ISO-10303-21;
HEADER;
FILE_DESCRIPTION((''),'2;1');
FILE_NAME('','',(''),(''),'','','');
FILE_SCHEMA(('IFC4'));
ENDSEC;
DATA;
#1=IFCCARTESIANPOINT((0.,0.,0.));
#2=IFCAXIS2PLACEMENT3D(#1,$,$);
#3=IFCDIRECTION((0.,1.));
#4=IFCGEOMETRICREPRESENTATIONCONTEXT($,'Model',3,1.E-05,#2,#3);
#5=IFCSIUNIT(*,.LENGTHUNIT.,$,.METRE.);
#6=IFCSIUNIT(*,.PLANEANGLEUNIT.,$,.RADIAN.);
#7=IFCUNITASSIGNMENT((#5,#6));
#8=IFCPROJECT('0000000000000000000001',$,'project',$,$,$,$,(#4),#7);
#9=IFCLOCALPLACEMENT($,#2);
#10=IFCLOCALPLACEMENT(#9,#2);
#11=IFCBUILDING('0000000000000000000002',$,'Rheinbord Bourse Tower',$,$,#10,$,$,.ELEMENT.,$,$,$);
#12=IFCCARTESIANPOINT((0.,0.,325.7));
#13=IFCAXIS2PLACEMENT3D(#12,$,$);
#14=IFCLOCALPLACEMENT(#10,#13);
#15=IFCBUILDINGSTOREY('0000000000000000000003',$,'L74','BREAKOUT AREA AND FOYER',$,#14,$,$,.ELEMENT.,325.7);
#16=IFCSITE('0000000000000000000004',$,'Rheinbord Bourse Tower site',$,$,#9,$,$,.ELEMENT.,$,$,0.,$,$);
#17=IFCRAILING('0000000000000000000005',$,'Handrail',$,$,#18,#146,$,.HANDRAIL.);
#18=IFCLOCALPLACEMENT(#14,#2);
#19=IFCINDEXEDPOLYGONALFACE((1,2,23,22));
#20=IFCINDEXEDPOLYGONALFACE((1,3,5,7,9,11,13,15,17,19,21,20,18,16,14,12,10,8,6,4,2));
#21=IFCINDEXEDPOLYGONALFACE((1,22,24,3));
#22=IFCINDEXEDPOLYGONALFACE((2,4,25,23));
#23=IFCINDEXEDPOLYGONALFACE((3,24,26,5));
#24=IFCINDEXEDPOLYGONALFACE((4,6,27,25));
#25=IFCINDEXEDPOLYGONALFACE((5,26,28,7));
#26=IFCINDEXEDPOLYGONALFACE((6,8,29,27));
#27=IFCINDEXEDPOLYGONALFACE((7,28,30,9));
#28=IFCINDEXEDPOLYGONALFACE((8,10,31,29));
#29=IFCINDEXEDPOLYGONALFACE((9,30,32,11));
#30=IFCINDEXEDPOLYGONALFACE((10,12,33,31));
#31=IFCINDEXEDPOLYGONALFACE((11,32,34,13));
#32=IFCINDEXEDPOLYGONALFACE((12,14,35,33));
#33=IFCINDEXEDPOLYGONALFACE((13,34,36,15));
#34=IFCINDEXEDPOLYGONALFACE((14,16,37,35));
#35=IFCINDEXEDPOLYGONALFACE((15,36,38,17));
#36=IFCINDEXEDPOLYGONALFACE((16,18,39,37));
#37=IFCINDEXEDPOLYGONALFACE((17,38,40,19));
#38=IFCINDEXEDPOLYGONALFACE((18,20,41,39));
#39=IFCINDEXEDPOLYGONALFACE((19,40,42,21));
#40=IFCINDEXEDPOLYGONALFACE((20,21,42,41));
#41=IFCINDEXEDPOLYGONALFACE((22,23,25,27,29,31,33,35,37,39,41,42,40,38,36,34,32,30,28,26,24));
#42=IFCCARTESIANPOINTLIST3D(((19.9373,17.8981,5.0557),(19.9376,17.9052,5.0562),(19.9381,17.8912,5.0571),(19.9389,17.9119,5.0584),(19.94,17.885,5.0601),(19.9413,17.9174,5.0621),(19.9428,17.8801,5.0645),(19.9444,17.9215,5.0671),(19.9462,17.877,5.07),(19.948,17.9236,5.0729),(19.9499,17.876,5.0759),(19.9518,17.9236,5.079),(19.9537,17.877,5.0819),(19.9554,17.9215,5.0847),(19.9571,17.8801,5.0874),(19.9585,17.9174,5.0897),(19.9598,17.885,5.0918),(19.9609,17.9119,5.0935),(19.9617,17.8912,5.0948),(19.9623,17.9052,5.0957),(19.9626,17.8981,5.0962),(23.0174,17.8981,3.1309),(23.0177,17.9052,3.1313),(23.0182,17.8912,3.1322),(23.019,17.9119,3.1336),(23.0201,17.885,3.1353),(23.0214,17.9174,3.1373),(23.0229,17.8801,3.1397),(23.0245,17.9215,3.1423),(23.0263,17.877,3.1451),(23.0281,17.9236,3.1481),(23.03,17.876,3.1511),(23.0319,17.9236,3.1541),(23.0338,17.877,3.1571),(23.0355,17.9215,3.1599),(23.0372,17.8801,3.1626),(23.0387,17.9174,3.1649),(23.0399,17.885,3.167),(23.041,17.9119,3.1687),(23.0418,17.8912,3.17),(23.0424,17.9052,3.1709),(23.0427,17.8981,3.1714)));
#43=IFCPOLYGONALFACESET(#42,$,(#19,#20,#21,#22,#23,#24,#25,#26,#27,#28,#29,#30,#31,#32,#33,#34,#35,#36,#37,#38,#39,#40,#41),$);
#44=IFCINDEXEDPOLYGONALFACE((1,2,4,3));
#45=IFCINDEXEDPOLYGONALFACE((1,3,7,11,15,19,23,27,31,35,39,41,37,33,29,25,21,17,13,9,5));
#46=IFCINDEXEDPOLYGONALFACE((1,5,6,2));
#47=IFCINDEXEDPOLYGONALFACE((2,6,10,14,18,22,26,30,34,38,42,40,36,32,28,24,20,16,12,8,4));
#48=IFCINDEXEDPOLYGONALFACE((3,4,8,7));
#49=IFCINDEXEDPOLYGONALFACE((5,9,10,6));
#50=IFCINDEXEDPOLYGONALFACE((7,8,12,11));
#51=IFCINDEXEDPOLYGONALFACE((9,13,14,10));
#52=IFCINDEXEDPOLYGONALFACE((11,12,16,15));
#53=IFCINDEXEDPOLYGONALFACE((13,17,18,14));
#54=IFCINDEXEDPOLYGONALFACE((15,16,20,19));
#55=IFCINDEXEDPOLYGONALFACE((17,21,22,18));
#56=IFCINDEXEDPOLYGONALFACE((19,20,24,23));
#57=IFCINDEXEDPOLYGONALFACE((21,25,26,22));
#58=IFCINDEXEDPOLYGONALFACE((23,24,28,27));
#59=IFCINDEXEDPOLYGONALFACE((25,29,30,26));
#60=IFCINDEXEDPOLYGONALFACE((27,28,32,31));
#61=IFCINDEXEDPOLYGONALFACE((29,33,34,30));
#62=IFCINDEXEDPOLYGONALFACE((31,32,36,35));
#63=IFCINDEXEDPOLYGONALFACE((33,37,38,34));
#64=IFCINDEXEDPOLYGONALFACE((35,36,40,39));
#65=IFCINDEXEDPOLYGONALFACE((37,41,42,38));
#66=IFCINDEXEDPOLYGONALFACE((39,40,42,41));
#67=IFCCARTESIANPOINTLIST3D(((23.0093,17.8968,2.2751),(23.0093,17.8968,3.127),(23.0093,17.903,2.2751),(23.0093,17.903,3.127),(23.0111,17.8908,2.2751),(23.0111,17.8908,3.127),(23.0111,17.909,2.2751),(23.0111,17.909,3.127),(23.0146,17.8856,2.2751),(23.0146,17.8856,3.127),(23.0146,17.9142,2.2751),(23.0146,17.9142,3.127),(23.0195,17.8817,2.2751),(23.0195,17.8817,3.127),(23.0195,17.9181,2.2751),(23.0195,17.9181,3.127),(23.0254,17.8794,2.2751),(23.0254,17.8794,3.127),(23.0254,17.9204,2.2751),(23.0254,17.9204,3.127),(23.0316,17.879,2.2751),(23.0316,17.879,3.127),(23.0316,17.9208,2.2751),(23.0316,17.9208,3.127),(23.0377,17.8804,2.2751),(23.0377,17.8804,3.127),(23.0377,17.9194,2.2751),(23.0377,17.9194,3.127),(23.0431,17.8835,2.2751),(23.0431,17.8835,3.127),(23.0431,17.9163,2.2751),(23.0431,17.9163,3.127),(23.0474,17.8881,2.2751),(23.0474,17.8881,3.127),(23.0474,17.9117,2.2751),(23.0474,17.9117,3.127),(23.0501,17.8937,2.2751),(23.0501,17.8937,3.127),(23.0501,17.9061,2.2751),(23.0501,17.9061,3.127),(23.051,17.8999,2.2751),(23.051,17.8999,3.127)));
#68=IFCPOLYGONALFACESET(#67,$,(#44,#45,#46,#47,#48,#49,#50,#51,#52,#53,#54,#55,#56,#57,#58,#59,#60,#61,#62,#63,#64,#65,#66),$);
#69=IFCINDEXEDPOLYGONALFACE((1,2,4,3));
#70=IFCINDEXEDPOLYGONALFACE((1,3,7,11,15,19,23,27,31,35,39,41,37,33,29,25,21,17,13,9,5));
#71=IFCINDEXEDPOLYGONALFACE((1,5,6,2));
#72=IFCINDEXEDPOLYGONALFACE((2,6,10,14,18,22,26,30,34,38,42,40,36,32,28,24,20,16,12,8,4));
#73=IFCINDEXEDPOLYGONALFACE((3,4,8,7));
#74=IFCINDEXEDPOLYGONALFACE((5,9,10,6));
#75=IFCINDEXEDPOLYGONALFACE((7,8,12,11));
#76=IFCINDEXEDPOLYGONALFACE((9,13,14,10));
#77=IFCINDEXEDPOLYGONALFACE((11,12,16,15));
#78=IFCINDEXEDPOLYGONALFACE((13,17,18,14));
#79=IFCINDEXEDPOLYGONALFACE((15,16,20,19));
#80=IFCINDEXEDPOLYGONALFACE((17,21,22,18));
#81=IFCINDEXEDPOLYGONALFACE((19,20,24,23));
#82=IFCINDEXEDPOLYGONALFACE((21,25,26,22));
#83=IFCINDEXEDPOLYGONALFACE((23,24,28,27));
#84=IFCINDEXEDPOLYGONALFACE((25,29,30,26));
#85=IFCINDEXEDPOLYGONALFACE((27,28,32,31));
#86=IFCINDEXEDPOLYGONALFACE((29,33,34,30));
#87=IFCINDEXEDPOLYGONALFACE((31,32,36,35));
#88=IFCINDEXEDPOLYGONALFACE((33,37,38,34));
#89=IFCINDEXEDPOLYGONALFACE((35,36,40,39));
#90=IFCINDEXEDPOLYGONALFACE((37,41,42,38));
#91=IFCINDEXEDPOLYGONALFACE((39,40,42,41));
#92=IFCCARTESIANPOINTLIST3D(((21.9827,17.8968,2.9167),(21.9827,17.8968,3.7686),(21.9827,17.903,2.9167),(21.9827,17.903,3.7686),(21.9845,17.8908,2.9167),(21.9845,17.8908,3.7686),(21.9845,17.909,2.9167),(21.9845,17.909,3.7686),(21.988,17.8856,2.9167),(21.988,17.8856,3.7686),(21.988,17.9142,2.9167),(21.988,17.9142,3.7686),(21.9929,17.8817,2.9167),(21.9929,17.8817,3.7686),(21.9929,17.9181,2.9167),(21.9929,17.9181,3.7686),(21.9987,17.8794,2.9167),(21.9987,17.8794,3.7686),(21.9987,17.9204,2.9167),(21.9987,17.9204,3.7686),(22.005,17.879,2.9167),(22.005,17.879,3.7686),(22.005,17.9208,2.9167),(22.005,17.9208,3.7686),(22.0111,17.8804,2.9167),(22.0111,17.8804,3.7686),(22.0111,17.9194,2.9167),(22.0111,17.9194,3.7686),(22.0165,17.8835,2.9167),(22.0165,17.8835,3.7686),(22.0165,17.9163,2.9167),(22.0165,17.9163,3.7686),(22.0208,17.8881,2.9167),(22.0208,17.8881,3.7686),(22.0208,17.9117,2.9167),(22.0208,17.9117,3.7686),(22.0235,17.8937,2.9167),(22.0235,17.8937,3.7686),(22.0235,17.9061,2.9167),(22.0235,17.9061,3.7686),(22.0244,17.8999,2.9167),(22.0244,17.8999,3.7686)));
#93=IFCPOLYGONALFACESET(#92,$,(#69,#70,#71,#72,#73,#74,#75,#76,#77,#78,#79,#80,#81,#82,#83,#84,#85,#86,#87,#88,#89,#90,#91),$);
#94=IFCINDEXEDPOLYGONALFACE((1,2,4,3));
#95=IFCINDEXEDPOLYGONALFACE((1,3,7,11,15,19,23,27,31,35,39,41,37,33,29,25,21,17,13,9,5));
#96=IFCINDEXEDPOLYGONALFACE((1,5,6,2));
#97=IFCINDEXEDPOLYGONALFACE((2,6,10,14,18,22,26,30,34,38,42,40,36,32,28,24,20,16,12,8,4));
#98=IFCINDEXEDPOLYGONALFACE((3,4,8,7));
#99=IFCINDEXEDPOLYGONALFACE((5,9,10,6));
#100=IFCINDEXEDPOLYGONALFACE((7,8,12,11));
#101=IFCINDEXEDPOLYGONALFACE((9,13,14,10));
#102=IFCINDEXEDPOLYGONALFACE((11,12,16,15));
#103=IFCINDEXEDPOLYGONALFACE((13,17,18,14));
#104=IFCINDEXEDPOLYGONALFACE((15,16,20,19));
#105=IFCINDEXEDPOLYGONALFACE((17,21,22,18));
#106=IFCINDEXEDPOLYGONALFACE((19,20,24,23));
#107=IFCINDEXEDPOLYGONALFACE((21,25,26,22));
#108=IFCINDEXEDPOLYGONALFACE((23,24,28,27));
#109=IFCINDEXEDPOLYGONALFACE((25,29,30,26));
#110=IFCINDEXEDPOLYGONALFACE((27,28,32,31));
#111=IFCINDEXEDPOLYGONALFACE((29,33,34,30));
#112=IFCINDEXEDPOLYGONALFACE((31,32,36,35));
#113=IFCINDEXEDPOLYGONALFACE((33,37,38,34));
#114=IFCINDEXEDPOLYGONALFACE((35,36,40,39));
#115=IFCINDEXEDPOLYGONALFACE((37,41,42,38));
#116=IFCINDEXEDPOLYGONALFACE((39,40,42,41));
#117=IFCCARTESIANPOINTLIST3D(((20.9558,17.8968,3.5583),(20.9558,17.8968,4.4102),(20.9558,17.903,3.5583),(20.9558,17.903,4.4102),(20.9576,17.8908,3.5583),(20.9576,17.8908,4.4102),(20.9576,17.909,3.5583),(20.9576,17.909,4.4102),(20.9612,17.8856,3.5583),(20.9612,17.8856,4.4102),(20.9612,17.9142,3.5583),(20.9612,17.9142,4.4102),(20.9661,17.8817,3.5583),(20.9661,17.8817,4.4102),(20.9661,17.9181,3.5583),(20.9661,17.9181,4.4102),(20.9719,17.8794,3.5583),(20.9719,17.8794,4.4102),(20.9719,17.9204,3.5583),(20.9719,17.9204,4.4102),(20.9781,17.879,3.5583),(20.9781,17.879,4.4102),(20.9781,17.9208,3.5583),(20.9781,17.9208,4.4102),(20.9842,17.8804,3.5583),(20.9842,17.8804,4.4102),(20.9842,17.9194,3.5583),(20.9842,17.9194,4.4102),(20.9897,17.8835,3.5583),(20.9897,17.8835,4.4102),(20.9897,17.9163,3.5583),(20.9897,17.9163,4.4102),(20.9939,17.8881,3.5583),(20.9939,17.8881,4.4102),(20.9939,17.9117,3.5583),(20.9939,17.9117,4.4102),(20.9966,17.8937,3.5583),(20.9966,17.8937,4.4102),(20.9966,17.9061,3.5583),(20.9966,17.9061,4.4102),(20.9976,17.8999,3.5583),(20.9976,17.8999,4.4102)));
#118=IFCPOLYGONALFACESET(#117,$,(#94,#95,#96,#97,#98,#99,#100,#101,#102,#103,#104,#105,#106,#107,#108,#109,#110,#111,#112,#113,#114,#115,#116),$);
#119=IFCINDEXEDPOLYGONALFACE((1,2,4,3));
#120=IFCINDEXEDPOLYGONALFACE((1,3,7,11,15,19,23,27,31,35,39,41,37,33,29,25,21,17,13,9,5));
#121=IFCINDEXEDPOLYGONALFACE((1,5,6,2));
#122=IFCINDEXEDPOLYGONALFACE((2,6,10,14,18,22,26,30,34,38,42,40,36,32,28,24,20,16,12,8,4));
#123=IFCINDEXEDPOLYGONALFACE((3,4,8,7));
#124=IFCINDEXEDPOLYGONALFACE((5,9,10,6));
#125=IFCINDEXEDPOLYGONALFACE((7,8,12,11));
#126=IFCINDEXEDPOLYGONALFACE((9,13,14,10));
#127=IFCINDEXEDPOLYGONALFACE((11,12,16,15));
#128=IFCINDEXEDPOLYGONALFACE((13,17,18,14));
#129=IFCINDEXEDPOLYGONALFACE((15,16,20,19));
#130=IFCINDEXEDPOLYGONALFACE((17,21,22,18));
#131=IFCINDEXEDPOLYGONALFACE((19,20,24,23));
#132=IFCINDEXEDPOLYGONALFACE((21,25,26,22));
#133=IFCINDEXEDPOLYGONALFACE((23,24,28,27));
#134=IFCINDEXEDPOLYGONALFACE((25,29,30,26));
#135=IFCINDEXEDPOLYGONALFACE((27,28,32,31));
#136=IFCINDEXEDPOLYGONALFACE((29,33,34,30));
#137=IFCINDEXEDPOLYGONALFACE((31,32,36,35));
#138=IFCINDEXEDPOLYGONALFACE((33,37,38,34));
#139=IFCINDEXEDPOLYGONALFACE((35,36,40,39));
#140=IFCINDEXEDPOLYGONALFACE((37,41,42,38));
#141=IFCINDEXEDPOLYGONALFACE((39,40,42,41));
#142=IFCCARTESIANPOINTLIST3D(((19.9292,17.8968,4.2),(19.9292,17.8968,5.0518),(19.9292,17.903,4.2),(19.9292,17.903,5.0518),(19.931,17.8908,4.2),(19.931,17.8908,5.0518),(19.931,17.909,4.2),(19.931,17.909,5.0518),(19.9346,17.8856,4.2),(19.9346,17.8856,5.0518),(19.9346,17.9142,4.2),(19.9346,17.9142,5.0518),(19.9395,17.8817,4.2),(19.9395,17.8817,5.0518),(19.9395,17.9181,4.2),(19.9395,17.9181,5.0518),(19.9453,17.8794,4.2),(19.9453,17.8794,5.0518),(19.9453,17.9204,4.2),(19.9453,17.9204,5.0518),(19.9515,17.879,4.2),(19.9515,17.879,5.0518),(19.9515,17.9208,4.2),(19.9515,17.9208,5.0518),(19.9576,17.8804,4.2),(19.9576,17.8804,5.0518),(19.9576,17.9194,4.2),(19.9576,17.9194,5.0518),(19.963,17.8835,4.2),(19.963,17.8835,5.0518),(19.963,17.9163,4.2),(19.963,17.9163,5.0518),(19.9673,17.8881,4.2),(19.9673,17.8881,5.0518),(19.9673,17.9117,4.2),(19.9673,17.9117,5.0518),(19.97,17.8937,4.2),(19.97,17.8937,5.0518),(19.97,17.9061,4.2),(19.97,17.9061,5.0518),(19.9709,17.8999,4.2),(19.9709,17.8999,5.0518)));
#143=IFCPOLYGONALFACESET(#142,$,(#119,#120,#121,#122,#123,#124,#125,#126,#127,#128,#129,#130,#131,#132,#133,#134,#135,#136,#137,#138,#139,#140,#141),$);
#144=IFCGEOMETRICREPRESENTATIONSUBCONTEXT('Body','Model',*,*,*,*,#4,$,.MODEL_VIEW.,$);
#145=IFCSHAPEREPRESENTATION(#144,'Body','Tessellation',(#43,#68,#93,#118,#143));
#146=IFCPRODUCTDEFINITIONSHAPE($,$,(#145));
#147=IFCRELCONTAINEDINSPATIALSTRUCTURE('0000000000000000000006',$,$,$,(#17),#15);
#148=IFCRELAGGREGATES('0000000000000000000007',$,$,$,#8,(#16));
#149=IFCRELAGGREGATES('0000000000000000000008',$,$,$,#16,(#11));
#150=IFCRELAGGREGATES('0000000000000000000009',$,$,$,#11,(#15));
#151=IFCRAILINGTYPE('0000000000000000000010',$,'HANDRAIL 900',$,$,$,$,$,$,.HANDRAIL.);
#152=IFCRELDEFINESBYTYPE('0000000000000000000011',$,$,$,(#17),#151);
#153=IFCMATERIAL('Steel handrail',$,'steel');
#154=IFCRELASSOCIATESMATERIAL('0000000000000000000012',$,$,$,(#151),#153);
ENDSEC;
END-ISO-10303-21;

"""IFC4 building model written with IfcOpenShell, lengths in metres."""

from ifc_helpers import new_model, si_unit, direction, frame, origin, origin_2d, place, context, subcontext, project, spatial, circle, extrude, material, type_object, element, save


model = new_model("IFC4")

# Units and contexts
model_context = context("Model", 3, precision=1e-05, world=origin(), true_north=direction((0.0, 1.0)))
body_context = subcontext(model_context, "Body", "Model", "MODEL_VIEW")
ifc_project = project(units=[si_unit("LENGTHUNIT", "METRE"), si_unit("PLANEANGLEUNIT", "RADIAN")], contexts=[model_context])

# Site, building, storey
site_placement = place(None, origin())
site = spatial("IfcSite", under=ifc_project, at=site_placement, Name="Rheinbord Bourse Tower site", CompositionType="ELEMENT", RefElevation=0.0)
building_placement = place(site_placement, origin())
building = spatial("IfcBuilding", under=site, at=building_placement, Name="Rheinbord Bourse Tower", CompositionType="ELEMENT")
storey_placement = place(building_placement, frame((0.0, 0.0, 325.7)))
storey = spatial("IfcBuildingStorey", under=building, at=storey_placement, Name="L74", Description="BREAKOUT AREA AND FOYER", CompositionType="ELEMENT", Elevation=325.7)

# Railing
ifc_material_1 = material(Name="Steel handrail", Category="steel")
railing_type = type_object("IfcRailingType", Name="HANDRAIL 900", PredefinedType="HANDRAIL", material=ifc_material_1)
railing_1_placement = place(storey_placement, frame((23.03, 17.8999, 2.2751)))
element("IfcRailing", 1, at=railing_1_placement, inside=storey, type_object=railing_type, Name="Handrail", PredefinedType="HANDRAIL", context=body_context, shape_type="SweptSolid", body=[
    extrude(circle(Radius=0.0239, at=origin_2d()), frame((0.0, 0.0, 0.876), z_axis=(-0.848029, 0.0, 0.529951), x_axis=(0.0, -1.0, 0.0)), (0.0, 0.0, 1.0), 3.6321),
    extrude(circle(Radius=0.021, at=origin_2d()), origin(), (0.0, 0.0, 1.0), 0.8518),
    extrude(circle(Radius=0.021, at=origin_2d()), frame((-1.0266, 0.0, 0.6416)), (0.0, 0.0, 1.0), 0.8518),
    extrude(circle(Radius=0.021, at=origin_2d()), frame((-2.0535, 0.0, 1.2832)), (0.0, 0.0, 1.0), 0.8518),
    extrude(circle(Radius=0.021, at=origin_2d()), frame((-3.0801, 0.0, 1.9248)), (0.0, 0.0, 1.0), 0.8518),
])

save(model, "model.ifc")
